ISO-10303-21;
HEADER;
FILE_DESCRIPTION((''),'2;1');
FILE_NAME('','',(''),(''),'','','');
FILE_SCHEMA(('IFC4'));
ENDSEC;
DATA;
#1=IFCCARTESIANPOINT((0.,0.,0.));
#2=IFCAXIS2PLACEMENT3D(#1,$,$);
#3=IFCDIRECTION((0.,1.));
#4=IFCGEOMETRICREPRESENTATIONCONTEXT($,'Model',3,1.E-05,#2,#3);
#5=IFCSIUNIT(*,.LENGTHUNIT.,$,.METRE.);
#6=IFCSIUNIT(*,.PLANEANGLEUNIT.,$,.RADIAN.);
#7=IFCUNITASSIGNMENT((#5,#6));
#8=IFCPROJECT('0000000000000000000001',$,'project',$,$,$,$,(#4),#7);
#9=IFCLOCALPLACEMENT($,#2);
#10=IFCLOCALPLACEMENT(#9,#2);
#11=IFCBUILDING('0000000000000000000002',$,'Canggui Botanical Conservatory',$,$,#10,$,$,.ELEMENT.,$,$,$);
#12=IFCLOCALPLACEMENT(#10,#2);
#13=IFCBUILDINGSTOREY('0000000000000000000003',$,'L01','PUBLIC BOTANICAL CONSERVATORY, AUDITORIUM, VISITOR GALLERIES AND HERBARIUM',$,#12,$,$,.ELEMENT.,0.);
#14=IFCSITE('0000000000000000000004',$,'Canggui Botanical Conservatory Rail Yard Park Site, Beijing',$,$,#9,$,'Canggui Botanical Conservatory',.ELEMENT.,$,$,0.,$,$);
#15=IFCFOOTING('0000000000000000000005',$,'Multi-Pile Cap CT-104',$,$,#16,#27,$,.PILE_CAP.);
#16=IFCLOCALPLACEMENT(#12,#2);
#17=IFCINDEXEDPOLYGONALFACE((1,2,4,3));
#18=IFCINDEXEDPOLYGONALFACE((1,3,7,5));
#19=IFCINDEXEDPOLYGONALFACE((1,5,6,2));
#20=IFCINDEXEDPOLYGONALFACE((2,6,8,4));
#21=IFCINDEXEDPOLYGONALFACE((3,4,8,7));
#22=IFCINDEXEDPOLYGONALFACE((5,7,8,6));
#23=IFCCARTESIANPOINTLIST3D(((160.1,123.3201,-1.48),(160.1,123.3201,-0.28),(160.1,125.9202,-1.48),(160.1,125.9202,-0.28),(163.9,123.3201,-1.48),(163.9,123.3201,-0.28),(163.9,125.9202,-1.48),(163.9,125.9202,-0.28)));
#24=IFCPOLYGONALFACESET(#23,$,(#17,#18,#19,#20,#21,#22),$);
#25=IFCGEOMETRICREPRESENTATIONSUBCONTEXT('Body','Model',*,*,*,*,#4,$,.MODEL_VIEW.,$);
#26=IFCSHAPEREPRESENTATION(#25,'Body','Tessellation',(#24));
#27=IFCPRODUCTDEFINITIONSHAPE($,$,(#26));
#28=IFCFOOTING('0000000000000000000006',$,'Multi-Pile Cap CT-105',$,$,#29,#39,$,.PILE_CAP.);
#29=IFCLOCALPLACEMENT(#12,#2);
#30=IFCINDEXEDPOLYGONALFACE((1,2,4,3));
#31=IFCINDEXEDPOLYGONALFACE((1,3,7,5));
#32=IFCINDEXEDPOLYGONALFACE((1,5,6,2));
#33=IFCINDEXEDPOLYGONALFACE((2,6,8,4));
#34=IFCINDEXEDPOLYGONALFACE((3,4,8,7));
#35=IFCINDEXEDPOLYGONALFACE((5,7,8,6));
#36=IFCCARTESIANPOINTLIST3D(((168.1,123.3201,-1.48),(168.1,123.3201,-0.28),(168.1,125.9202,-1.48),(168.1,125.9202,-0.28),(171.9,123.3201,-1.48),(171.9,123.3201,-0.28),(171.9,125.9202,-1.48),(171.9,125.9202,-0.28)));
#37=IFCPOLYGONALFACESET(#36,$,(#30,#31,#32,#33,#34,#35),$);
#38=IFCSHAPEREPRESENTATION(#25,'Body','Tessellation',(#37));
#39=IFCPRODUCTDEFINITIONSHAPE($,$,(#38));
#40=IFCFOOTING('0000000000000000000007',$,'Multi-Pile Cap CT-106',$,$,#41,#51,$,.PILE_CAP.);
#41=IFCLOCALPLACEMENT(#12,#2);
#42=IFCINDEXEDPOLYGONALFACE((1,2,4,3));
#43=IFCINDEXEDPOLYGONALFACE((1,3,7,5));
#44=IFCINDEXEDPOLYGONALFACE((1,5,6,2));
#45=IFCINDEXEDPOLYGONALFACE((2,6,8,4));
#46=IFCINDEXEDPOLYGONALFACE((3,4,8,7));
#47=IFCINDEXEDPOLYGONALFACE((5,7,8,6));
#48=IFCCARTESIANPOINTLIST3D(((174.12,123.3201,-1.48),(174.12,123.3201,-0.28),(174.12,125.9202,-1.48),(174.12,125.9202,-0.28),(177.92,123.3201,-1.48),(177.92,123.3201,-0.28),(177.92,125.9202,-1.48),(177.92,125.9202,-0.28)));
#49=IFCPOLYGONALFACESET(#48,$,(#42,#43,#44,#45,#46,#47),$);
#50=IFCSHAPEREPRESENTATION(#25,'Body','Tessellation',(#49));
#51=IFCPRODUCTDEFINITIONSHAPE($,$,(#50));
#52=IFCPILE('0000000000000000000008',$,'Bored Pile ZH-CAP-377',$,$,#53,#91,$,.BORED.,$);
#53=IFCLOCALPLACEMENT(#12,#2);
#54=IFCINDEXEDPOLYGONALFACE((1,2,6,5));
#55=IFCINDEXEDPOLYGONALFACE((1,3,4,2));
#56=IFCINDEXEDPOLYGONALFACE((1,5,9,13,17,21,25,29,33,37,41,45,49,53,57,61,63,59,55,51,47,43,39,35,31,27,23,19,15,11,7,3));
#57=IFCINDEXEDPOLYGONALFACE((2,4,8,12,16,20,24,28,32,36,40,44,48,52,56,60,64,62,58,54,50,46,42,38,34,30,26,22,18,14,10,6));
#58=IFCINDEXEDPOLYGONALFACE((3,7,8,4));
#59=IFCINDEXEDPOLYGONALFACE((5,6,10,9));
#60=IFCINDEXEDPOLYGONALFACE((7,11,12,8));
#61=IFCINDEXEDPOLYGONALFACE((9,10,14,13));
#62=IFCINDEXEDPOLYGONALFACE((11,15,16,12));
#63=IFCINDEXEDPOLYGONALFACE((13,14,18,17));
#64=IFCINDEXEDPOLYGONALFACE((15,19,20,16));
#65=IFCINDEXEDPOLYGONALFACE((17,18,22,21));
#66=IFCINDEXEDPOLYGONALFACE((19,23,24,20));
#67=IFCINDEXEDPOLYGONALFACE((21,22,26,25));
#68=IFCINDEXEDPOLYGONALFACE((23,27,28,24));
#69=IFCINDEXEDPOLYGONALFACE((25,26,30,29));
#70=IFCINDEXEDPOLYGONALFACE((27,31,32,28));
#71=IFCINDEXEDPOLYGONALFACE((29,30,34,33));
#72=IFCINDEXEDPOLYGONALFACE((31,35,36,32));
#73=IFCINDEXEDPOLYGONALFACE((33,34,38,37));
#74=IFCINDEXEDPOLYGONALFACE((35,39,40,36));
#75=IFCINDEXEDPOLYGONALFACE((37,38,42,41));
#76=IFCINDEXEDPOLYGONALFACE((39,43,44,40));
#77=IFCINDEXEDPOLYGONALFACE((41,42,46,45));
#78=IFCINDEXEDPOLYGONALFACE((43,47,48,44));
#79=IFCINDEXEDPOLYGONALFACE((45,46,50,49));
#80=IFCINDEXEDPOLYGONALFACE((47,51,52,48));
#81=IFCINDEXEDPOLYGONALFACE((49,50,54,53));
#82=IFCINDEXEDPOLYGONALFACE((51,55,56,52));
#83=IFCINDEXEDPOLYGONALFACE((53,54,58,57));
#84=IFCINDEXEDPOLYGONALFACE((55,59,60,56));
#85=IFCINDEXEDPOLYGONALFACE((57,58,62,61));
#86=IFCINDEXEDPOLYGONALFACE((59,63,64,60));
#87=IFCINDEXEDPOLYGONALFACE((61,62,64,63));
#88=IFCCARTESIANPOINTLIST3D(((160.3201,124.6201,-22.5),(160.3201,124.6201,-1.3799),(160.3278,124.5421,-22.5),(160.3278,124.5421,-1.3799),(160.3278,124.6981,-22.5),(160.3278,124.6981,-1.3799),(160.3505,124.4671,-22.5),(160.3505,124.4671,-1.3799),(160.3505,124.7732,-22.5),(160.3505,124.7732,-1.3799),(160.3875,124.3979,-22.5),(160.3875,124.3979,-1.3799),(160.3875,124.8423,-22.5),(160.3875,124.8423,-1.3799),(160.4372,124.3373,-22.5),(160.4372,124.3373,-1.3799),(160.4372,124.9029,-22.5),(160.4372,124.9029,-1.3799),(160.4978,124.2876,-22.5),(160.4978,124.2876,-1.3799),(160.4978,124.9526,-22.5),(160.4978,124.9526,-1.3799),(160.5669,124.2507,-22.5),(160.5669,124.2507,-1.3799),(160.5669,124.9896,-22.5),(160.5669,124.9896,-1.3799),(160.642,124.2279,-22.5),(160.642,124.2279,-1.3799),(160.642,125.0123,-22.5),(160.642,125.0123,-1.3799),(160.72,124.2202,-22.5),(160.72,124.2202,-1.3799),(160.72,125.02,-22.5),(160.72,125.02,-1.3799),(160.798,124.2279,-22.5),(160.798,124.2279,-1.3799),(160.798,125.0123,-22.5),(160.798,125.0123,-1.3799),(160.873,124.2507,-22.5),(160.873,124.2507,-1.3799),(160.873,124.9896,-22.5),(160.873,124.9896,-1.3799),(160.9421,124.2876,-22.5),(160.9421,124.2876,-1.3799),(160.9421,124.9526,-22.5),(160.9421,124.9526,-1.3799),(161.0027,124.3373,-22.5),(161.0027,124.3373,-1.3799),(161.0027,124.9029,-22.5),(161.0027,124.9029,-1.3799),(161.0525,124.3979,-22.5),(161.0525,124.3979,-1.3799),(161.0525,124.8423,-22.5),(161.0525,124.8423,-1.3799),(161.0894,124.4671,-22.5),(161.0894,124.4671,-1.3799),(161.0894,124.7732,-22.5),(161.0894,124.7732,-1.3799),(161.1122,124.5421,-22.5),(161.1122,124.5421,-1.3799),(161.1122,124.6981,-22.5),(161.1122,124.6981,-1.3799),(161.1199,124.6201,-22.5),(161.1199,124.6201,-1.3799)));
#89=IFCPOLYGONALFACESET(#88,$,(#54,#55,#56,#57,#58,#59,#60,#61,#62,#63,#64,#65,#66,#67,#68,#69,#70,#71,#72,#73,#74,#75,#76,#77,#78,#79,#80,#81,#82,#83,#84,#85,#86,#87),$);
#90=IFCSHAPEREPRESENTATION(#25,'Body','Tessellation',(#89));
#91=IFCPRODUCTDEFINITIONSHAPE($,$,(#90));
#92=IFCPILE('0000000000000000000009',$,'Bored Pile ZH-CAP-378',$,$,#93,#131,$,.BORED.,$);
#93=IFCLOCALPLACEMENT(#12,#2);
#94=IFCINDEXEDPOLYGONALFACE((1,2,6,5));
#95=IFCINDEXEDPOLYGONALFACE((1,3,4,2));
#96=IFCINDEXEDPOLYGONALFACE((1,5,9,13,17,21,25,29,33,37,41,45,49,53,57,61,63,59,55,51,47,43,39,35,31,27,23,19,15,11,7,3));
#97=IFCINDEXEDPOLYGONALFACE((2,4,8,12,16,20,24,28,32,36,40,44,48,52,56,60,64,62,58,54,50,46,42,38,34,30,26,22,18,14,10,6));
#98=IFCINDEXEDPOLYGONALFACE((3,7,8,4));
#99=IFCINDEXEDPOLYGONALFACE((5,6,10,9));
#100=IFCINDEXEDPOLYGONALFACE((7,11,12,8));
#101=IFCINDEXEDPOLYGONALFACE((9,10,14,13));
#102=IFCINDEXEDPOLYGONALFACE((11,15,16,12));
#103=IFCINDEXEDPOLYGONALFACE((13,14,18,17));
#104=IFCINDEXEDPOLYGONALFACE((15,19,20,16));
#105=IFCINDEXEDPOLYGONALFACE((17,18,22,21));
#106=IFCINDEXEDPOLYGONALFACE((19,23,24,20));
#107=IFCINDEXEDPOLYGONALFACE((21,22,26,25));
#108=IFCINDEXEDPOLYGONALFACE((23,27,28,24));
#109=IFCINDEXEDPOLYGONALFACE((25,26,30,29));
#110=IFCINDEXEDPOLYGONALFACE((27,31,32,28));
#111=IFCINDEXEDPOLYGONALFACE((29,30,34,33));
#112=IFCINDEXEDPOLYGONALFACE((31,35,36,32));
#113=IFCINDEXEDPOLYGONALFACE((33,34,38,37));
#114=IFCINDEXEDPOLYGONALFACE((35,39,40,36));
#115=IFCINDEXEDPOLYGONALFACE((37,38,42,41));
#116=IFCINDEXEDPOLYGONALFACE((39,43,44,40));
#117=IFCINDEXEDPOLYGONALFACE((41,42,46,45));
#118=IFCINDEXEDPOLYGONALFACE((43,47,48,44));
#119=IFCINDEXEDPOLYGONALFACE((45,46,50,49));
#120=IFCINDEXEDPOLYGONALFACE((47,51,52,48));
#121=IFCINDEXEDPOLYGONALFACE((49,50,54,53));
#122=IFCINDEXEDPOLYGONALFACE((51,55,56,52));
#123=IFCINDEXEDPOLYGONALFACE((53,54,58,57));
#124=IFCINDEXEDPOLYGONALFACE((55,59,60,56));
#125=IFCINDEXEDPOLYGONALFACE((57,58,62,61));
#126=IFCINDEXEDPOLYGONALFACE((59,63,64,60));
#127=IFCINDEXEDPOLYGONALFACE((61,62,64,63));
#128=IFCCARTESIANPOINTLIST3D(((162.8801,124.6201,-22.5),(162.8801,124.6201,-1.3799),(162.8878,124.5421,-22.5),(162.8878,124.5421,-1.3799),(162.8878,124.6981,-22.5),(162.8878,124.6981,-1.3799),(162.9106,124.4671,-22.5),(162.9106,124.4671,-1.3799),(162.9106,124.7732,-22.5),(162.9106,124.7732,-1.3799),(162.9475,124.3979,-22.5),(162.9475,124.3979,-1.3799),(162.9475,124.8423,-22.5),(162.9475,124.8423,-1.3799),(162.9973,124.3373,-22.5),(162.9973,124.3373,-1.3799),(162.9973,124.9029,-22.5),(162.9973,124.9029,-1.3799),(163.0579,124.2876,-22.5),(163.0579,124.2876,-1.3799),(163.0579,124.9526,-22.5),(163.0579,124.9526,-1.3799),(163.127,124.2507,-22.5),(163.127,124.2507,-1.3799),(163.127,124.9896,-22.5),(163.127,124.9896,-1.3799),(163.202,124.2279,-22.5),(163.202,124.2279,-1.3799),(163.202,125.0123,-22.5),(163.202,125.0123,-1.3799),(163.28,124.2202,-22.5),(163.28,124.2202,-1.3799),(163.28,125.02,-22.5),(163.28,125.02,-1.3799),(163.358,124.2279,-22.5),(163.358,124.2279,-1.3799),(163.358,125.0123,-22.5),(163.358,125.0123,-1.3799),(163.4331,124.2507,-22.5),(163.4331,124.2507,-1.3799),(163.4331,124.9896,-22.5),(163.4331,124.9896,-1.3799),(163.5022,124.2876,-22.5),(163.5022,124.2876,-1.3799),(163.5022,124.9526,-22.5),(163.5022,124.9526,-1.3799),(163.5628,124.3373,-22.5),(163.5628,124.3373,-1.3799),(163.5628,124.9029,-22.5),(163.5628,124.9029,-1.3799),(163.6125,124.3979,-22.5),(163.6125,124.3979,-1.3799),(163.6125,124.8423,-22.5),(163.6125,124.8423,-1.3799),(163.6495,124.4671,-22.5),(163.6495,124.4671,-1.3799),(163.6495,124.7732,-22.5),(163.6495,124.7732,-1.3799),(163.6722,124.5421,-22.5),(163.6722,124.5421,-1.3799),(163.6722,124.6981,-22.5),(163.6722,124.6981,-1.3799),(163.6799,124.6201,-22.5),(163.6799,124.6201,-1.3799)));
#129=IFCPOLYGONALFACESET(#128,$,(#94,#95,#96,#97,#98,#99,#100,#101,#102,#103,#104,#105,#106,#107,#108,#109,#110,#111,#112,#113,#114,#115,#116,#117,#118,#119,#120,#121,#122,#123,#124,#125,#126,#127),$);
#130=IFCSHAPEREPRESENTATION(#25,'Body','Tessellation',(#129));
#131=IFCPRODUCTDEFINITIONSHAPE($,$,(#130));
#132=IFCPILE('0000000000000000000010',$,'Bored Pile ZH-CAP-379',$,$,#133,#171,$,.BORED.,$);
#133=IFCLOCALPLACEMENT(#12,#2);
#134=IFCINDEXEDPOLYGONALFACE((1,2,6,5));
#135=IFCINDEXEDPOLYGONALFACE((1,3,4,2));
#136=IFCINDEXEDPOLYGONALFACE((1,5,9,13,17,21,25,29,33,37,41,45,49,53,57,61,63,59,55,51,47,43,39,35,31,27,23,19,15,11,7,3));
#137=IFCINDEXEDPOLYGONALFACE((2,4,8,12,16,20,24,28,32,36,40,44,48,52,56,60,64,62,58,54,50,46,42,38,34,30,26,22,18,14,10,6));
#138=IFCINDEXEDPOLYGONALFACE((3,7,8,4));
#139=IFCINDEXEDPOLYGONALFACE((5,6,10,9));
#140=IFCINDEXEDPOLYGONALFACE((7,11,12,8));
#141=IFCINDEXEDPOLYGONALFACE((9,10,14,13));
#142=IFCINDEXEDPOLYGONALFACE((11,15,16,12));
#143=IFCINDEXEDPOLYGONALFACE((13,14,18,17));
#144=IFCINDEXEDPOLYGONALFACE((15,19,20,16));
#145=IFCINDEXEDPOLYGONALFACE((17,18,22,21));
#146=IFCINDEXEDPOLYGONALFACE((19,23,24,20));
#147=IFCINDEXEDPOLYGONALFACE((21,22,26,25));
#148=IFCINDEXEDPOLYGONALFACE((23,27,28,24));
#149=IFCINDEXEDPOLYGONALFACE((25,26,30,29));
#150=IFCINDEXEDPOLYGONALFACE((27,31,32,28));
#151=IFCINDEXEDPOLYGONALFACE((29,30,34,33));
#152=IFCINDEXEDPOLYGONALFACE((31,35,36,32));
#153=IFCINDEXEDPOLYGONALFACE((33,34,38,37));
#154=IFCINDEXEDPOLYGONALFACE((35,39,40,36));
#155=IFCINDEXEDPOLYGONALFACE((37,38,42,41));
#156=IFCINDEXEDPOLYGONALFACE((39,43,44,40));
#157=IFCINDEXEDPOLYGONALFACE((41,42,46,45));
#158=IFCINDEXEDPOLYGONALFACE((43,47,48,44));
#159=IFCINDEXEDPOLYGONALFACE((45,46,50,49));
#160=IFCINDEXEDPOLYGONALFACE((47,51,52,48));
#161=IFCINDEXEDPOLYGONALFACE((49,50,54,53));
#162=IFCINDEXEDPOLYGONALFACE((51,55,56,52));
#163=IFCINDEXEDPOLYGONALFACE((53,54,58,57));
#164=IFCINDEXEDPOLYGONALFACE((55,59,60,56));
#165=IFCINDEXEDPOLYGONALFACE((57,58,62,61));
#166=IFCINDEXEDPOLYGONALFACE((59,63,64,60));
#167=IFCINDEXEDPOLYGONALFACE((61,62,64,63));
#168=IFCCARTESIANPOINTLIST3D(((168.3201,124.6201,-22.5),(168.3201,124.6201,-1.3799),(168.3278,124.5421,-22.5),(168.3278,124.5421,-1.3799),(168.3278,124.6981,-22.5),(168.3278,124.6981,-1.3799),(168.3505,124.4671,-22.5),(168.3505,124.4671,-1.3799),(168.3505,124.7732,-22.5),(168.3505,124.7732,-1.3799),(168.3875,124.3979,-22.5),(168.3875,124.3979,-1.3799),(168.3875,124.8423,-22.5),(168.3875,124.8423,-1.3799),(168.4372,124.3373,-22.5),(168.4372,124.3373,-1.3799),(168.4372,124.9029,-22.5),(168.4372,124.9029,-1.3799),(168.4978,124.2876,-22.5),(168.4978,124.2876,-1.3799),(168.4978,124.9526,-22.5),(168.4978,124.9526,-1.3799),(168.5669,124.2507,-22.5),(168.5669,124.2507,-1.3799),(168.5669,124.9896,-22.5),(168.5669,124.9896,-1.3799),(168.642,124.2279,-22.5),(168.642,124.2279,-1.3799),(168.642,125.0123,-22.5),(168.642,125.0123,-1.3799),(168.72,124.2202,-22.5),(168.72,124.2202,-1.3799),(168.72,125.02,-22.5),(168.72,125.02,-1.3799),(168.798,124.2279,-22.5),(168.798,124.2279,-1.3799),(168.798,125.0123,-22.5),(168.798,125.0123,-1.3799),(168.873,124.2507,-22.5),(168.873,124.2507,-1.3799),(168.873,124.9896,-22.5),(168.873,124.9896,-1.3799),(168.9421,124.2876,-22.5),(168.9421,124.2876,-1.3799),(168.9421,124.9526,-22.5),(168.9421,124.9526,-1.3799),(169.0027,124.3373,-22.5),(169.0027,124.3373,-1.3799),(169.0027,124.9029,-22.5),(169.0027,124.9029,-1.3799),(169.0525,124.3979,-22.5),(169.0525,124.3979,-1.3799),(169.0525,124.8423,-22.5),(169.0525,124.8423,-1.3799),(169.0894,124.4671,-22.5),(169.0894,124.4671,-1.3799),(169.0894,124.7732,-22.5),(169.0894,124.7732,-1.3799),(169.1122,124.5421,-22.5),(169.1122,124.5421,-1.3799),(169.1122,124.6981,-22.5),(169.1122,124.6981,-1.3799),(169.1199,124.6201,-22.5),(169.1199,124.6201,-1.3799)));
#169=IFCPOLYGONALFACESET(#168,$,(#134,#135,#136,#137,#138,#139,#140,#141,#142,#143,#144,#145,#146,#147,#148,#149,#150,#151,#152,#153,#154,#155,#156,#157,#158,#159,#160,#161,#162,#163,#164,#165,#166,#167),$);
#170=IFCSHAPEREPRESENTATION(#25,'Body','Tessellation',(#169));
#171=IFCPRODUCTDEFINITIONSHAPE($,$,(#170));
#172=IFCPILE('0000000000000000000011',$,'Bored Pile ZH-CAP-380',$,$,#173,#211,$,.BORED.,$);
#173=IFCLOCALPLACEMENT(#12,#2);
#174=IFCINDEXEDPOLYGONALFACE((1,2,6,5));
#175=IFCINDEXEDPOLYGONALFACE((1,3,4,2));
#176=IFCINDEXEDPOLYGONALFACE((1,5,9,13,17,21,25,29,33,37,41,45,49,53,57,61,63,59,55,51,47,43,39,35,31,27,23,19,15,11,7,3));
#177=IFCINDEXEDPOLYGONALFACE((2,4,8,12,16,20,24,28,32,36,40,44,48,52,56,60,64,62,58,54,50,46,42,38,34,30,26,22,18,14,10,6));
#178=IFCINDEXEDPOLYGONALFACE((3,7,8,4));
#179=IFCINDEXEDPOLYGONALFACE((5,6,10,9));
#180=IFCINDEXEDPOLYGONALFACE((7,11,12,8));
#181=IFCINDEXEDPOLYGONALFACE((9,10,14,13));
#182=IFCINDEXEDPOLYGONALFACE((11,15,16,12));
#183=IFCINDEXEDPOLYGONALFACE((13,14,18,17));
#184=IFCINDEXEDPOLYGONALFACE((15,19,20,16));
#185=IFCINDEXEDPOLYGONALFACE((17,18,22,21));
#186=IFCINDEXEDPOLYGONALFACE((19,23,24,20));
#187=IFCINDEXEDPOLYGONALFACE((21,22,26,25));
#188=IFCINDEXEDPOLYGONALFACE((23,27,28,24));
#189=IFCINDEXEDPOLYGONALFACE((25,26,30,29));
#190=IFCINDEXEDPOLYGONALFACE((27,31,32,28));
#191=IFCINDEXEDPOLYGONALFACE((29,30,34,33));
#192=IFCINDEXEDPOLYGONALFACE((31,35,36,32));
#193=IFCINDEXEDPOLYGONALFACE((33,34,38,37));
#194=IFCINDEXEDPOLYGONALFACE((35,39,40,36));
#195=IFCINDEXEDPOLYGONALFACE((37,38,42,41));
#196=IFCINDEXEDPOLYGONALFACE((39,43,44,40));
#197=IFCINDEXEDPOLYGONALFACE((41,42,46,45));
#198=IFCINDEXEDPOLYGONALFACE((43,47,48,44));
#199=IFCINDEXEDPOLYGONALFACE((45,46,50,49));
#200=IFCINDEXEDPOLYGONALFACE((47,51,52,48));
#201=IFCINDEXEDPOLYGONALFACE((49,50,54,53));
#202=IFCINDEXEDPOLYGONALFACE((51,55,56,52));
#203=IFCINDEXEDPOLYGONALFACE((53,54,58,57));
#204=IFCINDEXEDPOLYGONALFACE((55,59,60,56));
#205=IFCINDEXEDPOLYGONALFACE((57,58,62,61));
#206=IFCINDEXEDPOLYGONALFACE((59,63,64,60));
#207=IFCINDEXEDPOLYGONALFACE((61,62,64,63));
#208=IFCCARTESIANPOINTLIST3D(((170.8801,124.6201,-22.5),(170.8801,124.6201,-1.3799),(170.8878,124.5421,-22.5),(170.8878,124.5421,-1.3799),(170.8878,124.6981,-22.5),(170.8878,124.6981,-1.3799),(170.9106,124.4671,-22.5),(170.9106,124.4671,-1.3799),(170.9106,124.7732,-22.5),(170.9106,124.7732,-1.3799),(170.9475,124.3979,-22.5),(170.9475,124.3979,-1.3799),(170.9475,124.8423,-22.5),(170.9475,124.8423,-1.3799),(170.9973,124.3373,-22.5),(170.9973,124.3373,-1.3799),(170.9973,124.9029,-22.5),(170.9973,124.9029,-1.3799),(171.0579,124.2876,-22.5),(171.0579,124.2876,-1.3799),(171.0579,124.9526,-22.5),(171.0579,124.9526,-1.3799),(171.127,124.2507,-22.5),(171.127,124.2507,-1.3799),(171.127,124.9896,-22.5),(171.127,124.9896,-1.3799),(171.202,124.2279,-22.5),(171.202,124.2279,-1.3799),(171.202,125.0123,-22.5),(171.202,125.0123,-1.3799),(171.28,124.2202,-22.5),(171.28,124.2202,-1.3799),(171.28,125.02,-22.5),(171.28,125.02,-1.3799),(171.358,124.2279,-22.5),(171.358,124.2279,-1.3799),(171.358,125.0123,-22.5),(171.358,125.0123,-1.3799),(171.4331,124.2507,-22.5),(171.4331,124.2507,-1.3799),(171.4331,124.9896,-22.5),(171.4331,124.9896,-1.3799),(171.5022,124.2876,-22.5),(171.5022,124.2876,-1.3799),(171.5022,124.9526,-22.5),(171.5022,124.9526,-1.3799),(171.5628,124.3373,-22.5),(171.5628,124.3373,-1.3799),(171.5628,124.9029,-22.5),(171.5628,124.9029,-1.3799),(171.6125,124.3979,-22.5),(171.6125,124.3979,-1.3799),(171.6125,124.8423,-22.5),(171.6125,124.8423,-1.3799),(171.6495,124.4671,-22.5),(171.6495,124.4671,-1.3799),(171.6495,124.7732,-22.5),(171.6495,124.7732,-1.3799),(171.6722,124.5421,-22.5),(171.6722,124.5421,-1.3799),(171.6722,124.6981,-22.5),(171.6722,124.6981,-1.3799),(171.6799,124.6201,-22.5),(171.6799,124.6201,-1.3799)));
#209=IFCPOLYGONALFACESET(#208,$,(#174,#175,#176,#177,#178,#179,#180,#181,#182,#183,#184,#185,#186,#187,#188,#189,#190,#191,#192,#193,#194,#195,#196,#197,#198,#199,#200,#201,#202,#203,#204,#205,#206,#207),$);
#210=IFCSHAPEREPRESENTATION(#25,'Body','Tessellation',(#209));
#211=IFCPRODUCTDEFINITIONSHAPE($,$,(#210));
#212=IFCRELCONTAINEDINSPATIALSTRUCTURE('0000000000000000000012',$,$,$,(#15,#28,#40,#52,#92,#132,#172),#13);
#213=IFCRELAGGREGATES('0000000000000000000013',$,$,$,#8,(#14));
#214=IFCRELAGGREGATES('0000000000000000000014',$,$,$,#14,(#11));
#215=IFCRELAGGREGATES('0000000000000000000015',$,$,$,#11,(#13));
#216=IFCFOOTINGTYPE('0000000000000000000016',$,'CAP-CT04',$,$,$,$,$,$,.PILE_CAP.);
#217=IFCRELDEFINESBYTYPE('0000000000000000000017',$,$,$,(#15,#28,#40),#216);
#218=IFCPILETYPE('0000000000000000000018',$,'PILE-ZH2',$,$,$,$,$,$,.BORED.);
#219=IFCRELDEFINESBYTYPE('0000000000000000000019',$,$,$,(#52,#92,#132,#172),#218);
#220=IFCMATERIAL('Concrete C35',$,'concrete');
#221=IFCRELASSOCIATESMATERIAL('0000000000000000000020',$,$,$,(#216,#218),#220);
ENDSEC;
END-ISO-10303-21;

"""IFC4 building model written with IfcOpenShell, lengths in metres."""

from ifc_helpers import new_model, si_unit, direction, frame, origin, origin_2d, place, context, subcontext, project, spatial, rectangle, circle, extrude, material, material_profile, profile_set, type_object, element, save


model = new_model("IFC4")

# Units and contexts
model_context = context("Model", 3, precision=1e-05, world=origin(), true_north=direction((0.0, 1.0)))
body_context = subcontext(model_context, "Body", "Model", "MODEL_VIEW")
ifc_project = project(units=[si_unit("LENGTHUNIT", "METRE"), si_unit("PLANEANGLEUNIT", "RADIAN")], contexts=[model_context])

# Site, building, storey
site_placement = place(None, origin())
site = spatial("IfcSite", under=ifc_project, at=site_placement, Name="Canggui Botanical Conservatory Rail Yard Park Site, Beijing", LongName="Canggui Botanical Conservatory", CompositionType="ELEMENT", RefElevation=0.0)
building_placement = place(site_placement, origin())
building = spatial("IfcBuilding", under=site, at=building_placement, Name="Canggui Botanical Conservatory", CompositionType="ELEMENT")
storey_placement = place(building_placement, origin())
storey = spatial("IfcBuildingStorey", under=building, at=storey_placement, Name="L01", Description="PUBLIC BOTANICAL CONSERVATORY, AUDITORIUM, VISITOR GALLERIES AND HERBARIUM", CompositionType="ELEMENT", Elevation=0.0)

# Footings
ifc_material_1 = material(Name="Concrete C35", Category="concrete")
footing_type_1 = type_object("IfcFootingType", Name="CAP-CT04", PredefinedType="PILE_CAP", material=ifc_material_1)
for number, where, z_axis, x_axis, name in (
    (1, (162.0, 124.6201, -1.48), (0.0, 0.0, 1.0), (1.0, 0.0, 0.0), "Multi-Pile Cap CT-104"),
    (2, (170.0, 124.6201, -1.48), (0.0, 0.0, 1.0), (1.0, 0.0, 0.0), "Multi-Pile Cap CT-105"),
    (3, (176.02, 124.6201, -1.48), (0.0, 0.0, 1.0), (1.0, 0.0, 0.0), "Multi-Pile Cap CT-106"),
):
    element("IfcFooting", number, at=place(storey_placement, frame(where, z_axis=z_axis, x_axis=x_axis)), inside=storey, type_object=footing_type_1, Name=name, PredefinedType="PILE_CAP", context=body_context, shape_type="SweptSolid", body=[
        extrude(rectangle(XDim=3.8, YDim=2.6001, at=origin_2d()), origin(), (0.0, 0.0, 1.0), 1.2),
    ])

# Piles
ifc_material_profile_1 = material_profile(ifc_material_1, circle(Radius=0.3999, at=origin_2d()), Name="PILE D800")
ifc_profile_set_1 = profile_set([ifc_material_profile_1], Name="Concrete C35")
pile_type = type_object("IfcPileType", Name="PILE-ZH2", PredefinedType="BORED", material=ifc_profile_set_1)
for number, where, z_axis, x_axis, name in (
    (4, (160.72, 124.6201, -1.3799), (0.0, 0.0, -1.0), (1.0, 0.0, 0.0), "Bored Pile ZH-CAP-377"),
    (5, (163.28, 124.6201, -1.3799), (0.0, 0.0, -1.0), (1.0, 0.0, 0.0), "Bored Pile ZH-CAP-378"),
    (6, (168.72, 124.6201, -1.3799), (0.0, 0.0, -1.0), (1.0, 0.0, 0.0), "Bored Pile ZH-CAP-379"),
    (7, (171.28, 124.6201, -1.3799), (0.0, 0.0, -1.0), (1.0, 0.0, 0.0), "Bored Pile ZH-CAP-380"),
):
    element("IfcPile", number, at=place(storey_placement, frame(where, z_axis=z_axis, x_axis=x_axis)), inside=storey, type_object=pile_type, Name=name, PredefinedType="BORED", context=body_context, shape_type="SweptSolid", body=[
        extrude(circle(Radius=0.3999, at=origin_2d()), origin(), (0.0, 0.0, 1.0), 21.1201),
    ])

save(model, "model.ifc")
